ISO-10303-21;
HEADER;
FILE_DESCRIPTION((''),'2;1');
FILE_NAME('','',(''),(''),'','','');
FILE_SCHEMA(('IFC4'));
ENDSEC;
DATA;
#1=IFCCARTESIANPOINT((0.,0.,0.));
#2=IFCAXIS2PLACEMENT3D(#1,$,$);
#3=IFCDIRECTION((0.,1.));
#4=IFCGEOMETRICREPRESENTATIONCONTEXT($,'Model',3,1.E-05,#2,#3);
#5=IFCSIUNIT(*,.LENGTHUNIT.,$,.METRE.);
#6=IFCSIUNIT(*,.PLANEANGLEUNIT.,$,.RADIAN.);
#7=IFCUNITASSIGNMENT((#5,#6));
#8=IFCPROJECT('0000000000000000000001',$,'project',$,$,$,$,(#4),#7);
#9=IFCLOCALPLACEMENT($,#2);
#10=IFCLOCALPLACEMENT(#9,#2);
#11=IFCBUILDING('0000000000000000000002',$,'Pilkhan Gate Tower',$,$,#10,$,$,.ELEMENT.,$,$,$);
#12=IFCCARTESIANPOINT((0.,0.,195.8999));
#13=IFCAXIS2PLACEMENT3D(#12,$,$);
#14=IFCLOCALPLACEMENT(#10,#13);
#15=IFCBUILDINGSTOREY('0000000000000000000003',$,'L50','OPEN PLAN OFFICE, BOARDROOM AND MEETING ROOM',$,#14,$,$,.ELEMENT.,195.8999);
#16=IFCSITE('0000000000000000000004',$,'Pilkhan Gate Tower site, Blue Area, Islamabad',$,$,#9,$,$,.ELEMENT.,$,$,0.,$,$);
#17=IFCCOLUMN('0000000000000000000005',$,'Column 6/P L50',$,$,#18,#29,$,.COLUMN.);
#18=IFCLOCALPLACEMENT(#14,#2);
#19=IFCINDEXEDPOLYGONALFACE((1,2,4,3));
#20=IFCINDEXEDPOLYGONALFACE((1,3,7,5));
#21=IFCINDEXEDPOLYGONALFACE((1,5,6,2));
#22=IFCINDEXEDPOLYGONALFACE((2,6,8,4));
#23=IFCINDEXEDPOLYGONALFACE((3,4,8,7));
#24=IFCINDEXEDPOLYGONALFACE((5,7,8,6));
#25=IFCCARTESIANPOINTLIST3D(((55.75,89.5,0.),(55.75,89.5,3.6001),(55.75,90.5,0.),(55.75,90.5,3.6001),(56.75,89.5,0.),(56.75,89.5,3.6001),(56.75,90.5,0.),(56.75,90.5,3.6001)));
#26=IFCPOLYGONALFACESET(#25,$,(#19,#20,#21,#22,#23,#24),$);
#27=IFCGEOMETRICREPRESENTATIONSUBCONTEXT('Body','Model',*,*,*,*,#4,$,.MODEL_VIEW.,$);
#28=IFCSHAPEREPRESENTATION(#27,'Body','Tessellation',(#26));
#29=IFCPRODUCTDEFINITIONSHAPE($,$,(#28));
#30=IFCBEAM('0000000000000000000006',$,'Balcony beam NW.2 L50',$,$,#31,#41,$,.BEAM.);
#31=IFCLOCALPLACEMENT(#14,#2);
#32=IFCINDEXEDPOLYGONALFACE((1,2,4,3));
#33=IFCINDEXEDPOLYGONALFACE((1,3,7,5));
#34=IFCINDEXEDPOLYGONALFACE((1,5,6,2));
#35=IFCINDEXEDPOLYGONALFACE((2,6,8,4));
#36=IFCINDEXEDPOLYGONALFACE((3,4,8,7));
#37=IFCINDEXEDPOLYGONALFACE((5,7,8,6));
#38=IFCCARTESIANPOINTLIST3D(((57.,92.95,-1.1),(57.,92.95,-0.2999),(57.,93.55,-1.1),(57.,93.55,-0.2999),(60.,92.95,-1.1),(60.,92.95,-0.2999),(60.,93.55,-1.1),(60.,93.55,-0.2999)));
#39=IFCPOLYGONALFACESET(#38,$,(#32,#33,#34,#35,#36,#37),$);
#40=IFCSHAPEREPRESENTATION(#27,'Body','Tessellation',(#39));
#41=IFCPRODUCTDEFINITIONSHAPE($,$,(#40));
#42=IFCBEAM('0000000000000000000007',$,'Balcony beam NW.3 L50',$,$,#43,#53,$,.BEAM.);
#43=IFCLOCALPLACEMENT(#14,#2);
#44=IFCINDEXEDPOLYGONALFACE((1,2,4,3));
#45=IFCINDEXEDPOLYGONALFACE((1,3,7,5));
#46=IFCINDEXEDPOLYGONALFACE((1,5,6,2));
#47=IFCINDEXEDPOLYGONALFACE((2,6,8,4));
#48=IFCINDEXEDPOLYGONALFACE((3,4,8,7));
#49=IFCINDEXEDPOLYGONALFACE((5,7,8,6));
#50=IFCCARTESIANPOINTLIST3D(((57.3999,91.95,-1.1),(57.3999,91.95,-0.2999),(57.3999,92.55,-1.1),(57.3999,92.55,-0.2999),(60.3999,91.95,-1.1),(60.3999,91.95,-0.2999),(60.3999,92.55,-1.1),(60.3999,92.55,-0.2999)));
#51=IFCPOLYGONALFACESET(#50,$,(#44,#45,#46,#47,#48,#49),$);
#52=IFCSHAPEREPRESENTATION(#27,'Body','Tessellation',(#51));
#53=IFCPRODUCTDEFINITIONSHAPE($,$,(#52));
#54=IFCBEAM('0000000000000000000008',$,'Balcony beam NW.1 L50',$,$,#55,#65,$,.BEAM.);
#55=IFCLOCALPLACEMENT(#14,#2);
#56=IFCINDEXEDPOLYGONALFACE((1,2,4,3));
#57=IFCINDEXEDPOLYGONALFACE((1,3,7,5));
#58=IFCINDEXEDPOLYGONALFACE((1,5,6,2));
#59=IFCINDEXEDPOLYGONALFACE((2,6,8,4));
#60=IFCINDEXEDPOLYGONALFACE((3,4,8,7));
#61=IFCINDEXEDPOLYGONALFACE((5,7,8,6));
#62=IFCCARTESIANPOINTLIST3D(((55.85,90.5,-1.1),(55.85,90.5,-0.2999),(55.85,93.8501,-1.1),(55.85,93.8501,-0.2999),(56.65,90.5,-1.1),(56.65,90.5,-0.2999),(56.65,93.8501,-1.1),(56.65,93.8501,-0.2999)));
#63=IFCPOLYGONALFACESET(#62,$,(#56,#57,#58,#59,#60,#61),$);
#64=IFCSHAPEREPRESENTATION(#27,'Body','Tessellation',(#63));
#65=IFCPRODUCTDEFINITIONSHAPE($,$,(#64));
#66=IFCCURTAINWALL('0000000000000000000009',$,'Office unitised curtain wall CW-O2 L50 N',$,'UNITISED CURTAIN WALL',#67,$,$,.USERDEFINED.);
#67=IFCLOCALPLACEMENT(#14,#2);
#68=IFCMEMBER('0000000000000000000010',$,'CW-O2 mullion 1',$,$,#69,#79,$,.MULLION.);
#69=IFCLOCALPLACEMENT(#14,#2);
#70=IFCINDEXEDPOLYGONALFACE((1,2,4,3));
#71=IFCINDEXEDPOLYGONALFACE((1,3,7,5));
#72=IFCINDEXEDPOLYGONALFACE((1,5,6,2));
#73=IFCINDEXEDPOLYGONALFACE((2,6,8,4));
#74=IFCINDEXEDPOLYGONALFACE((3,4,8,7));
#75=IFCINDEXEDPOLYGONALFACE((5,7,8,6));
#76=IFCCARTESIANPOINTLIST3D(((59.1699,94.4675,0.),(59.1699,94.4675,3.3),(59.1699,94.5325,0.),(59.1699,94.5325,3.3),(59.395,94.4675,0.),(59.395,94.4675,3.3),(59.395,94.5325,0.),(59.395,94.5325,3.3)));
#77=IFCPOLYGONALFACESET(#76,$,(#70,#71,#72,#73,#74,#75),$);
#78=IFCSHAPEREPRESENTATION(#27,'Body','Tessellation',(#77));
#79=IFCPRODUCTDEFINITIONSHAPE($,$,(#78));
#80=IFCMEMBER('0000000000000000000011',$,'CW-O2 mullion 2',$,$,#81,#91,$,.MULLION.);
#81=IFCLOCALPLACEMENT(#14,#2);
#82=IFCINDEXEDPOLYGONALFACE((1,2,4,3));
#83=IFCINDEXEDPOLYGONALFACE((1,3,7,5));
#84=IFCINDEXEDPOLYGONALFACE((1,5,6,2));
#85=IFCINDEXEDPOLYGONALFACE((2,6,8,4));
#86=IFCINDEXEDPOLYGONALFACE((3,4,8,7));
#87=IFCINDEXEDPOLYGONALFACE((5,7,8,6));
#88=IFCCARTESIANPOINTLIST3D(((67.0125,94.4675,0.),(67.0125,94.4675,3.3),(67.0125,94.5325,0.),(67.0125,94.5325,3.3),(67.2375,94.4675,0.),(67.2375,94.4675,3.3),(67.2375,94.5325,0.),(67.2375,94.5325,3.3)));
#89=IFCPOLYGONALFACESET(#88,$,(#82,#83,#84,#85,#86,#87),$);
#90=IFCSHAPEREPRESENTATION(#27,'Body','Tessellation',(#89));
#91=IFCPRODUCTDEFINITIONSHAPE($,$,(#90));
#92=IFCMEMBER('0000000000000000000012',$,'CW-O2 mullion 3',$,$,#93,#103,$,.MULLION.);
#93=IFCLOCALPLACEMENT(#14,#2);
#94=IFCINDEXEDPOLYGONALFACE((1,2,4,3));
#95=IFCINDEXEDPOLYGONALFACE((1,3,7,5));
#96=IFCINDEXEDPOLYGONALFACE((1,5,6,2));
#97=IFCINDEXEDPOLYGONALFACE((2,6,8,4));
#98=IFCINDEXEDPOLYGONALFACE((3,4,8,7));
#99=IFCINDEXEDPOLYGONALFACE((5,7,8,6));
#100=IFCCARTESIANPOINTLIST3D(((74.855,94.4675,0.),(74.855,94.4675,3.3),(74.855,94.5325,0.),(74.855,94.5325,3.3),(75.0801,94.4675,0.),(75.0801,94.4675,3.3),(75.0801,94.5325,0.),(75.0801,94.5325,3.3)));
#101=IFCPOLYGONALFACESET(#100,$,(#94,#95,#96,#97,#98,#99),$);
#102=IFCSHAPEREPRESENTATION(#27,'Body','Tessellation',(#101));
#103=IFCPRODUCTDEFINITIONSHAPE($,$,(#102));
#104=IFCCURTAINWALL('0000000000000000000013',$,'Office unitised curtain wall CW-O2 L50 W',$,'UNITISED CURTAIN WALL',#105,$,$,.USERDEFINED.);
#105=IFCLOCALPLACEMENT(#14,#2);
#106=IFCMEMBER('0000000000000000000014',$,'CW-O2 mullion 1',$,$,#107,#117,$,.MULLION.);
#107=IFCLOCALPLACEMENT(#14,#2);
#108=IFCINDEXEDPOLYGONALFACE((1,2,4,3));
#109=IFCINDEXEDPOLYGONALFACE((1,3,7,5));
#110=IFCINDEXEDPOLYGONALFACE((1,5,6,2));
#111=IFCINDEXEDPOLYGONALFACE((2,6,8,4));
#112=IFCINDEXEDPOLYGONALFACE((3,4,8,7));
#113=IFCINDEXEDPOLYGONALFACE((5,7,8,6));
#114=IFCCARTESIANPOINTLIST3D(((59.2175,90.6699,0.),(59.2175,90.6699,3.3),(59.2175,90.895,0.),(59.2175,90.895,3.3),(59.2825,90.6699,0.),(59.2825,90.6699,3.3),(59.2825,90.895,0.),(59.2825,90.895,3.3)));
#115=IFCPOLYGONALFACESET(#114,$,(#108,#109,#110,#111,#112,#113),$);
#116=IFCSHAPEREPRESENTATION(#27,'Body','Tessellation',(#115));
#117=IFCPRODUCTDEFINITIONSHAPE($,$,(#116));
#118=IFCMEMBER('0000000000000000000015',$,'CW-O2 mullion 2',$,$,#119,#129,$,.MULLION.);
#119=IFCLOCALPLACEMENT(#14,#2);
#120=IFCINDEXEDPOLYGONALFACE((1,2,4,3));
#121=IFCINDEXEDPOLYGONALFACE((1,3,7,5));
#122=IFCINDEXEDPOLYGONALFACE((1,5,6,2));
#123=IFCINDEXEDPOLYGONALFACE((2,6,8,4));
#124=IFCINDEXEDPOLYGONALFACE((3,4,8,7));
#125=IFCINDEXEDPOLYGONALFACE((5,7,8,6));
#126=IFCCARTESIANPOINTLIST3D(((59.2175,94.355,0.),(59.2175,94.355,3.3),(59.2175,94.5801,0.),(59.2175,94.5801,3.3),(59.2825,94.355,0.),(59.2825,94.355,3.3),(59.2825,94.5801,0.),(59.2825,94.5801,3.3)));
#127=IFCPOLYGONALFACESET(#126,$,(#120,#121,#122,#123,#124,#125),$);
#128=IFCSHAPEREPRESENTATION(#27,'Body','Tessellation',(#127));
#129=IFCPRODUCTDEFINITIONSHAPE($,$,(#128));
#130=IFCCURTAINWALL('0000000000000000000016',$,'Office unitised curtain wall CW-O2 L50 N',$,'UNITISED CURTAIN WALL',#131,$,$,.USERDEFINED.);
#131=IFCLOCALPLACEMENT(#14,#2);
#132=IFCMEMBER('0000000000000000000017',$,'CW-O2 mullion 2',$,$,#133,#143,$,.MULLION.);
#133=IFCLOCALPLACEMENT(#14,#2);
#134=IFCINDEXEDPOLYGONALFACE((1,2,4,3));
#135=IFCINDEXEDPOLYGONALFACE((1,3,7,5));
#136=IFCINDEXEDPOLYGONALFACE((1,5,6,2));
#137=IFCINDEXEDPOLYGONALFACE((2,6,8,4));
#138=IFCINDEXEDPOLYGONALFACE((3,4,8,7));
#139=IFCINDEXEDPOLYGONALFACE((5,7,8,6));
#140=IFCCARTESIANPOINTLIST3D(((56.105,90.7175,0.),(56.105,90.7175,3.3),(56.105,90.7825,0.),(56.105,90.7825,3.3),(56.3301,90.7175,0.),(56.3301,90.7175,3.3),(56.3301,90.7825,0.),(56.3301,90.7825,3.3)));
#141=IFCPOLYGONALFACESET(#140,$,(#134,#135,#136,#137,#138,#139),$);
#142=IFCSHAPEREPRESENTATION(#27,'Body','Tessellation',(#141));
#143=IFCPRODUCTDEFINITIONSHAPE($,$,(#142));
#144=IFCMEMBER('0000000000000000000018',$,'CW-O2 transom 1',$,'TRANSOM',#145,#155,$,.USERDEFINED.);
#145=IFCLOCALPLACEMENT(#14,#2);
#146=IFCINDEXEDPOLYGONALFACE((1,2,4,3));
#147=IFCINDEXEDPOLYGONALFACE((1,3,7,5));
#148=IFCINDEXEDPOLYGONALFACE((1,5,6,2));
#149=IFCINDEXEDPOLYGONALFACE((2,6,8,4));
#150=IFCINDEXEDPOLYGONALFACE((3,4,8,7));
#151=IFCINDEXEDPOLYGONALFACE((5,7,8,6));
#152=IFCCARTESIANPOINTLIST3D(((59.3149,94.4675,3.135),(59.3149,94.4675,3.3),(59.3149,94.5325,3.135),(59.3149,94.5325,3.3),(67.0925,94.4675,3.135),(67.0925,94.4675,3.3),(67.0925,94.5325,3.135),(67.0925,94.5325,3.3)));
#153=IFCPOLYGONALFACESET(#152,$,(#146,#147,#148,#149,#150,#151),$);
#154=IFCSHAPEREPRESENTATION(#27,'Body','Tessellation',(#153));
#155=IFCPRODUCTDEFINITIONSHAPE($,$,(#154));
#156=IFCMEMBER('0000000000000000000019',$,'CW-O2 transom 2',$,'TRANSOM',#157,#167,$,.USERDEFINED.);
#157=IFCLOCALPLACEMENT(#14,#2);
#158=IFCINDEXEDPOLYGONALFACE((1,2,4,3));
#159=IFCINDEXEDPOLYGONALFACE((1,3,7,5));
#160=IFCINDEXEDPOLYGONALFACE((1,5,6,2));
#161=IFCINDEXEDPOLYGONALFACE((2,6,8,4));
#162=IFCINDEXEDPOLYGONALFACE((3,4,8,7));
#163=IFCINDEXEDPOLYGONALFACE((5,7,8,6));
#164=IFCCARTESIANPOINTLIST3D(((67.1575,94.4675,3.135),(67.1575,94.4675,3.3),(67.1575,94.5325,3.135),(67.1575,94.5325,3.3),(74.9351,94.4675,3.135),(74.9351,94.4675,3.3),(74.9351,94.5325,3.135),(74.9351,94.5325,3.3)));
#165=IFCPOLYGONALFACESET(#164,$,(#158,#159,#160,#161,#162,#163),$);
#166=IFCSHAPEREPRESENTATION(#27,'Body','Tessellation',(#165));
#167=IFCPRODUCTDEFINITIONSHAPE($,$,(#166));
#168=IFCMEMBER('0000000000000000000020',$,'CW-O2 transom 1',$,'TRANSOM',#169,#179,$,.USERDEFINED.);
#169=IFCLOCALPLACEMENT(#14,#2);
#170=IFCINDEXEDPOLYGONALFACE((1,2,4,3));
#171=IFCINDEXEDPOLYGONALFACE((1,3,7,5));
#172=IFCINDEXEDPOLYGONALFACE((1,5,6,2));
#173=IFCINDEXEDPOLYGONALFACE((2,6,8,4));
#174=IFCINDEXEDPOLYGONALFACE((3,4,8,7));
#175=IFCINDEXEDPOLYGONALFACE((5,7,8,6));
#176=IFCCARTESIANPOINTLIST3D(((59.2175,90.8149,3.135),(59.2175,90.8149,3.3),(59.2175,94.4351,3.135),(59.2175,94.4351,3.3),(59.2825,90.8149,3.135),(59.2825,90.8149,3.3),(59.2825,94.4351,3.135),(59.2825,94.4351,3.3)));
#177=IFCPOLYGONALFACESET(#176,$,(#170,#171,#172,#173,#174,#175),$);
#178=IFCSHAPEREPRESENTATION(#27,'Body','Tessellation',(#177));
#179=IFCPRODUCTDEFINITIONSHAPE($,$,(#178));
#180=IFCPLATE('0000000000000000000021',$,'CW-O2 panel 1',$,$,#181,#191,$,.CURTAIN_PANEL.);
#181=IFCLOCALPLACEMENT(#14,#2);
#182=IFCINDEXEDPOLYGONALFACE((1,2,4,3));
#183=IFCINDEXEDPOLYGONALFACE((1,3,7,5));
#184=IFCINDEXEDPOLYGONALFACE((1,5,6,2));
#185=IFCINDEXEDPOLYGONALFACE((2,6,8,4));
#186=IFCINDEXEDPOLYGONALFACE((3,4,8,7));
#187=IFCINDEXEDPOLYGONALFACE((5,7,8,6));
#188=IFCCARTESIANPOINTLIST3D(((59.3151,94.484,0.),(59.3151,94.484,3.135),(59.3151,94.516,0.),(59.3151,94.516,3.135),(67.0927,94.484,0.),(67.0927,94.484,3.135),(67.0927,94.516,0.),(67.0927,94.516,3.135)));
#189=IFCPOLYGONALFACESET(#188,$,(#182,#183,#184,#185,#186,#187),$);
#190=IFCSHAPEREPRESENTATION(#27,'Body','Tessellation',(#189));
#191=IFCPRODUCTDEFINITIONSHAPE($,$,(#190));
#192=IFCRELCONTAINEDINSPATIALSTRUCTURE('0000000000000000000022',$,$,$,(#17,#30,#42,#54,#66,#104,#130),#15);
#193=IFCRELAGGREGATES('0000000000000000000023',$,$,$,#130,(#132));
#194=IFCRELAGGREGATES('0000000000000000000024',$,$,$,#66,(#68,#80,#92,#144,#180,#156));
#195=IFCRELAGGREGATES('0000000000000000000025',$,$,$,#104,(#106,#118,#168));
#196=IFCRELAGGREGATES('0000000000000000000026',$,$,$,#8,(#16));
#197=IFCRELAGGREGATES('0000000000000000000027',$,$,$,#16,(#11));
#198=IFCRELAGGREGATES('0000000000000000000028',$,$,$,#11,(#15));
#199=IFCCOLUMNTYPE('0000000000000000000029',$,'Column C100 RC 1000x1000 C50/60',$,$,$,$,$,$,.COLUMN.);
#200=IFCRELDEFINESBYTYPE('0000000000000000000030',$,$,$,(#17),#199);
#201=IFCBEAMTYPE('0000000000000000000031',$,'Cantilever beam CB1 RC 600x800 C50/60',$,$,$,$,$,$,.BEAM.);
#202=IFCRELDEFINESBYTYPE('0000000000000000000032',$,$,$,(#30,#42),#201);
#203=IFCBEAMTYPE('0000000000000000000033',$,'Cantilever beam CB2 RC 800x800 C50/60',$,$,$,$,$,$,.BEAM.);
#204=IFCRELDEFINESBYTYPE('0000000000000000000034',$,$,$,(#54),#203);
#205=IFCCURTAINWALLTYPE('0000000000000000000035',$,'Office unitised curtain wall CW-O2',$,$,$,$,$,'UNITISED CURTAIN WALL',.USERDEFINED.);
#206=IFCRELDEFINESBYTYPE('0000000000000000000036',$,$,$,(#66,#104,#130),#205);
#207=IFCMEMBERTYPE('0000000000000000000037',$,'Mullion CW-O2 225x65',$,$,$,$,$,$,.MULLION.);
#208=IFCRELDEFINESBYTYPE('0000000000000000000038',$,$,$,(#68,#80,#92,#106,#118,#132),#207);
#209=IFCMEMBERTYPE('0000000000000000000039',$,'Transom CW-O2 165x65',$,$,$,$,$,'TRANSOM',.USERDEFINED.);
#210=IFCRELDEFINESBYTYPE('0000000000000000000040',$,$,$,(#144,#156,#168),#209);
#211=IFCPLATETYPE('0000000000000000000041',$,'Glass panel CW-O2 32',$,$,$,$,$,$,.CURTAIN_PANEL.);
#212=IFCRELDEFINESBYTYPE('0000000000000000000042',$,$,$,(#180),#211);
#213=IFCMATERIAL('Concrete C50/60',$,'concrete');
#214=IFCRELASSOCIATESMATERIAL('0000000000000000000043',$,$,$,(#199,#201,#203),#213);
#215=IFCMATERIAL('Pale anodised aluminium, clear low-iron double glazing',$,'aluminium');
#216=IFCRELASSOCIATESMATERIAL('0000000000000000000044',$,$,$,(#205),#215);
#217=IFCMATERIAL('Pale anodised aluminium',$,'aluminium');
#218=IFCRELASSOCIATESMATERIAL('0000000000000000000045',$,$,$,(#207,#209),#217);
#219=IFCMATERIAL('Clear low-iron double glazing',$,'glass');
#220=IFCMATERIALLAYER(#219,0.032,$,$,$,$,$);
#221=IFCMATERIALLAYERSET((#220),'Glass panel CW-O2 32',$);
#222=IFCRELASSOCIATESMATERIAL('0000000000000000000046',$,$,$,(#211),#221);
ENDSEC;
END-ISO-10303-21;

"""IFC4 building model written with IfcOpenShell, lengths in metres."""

from ifc_helpers import new_model, si_unit, direction, frame, origin, origin_2d, place, context, subcontext, project, spatial, rectangle, extrude, material, layer, layer_set, material_profile, profile_set, type_object, element, aggregate, save


model = new_model("IFC4")

# Units and contexts
model_context = context("Model", 3, precision=1e-05, world=origin(), true_north=direction((0.0, 1.0)))
body_context = subcontext(model_context, "Body", "Model", "MODEL_VIEW")
ifc_project = project(units=[si_unit("LENGTHUNIT", "METRE"), si_unit("PLANEANGLEUNIT", "RADIAN")], contexts=[model_context])

# Site, building, storey
site_placement = place(None, origin())
site = spatial("IfcSite", under=ifc_project, at=site_placement, Name="Pilkhan Gate Tower site, Blue Area, Islamabad", CompositionType="ELEMENT", RefElevation=0.0)
building_placement = place(site_placement, origin())
building = spatial("IfcBuilding", under=site, at=building_placement, Name="Pilkhan Gate Tower", CompositionType="ELEMENT")
storey_placement = place(building_placement, frame((0.0, 0.0, 195.8999)))
storey = spatial("IfcBuildingStorey", under=building, at=storey_placement, Name="L50", Description="OPEN PLAN OFFICE, BOARDROOM AND MEETING ROOM", CompositionType="ELEMENT", Elevation=195.8999)

# Column
ifc_material_1 = material(Name="Concrete C50/60", Category="concrete")
ifc_material_profile_1 = material_profile(ifc_material_1, rectangle(XDim=1.0, YDim=1.0, at=origin_2d()), Name="RC 1000x1000")
ifc_profile_set_1 = profile_set([ifc_material_profile_1], Name="Concrete C50/60")
column_type = type_object("IfcColumnType", Name="Column C100 RC 1000x1000 C50/60", PredefinedType="COLUMN", material=ifc_profile_set_1)
column_placement = place(storey_placement, frame((56.25, 90.0, 0.0), z_axis=(0.0, 0.0, 1.0), x_axis=(1.0, 0.0, 0.0)))
element("IfcColumn", 1, at=column_placement, inside=storey, type_object=column_type, Name="Column 6/P L50", PredefinedType="COLUMN", context=body_context, shape_type="SweptSolid", body=[
    extrude(rectangle(XDim=1.0, YDim=1.0, at=origin_2d()), origin(), (0.0, 0.0, 1.0), 3.6001),
])

# Beams
ifc_material_profile_2 = material_profile(ifc_material_1, rectangle(XDim=0.6001, YDim=0.8, at=origin_2d()), Name="RC 600x800")
ifc_profile_set_2 = profile_set([ifc_material_profile_2], Name="Concrete C50/60")
beam_type_1 = type_object("IfcBeamType", Name="Cantilever beam CB1 RC 600x800 C50/60", PredefinedType="BEAM", material=ifc_profile_set_2)
for number, where, z_axis, x_axis, name in (
    (2, (60.0, 93.25, -0.7), (-1.0, 0.0, 0.0), (0.0, -1.0, 0.0), "Balcony beam NW.2 L50"),
    (3, (60.3999, 92.25, -0.7), (-1.0, 0.0, 0.0), (0.0, -1.0, 0.0), "Balcony beam NW.3 L50"),
):
    element("IfcBeam", number, at=place(storey_placement, frame(where, z_axis=z_axis, x_axis=x_axis)), inside=storey, type_object=beam_type_1, Name=name, PredefinedType="BEAM", context=body_context, shape_type="SweptSolid", body=[
        extrude(rectangle(XDim=0.6001, YDim=0.8, at=origin_2d()), origin(), (0.0, 0.0, 1.0), 3.0),
    ])
ifc_material_profile_3 = material_profile(ifc_material_1, rectangle(XDim=0.8, YDim=0.8, at=origin_2d()), Name="RC 800x800")
ifc_profile_set_3 = profile_set([ifc_material_profile_3], Name="Concrete C50/60")
beam_type_2 = type_object("IfcBeamType", Name="Cantilever beam CB2 RC 800x800 C50/60", PredefinedType="BEAM", material=ifc_profile_set_3)
beam_placement = place(storey_placement, frame((56.25, 90.5, -0.7), z_axis=(0.0, 1.0, 0.0), x_axis=(-1.0, 0.0, 0.0)))
element("IfcBeam", 4, at=beam_placement, inside=storey, type_object=beam_type_2, Name="Balcony beam NW.1 L50", PredefinedType="BEAM", context=body_context, shape_type="SweptSolid", body=[
    extrude(rectangle(XDim=0.8, YDim=0.8, at=origin_2d()), origin(), (0.0, 0.0, 1.0), 3.3501),
])

# Curtain walls, members
ifc_material_2 = material(Name="Pale anodised aluminium, clear low-iron double glazing", Category="aluminium")
curtain_wall_type = type_object("IfcCurtainWallType", Name="Office unitised curtain wall CW-O2", ElementType="UNITISED CURTAIN WALL", PredefinedType="USERDEFINED", material=ifc_material_2)
curtain_wall_1_placement = place(storey_placement, origin())
curtain_wall_1 = element("IfcCurtainWall", 5, at=curtain_wall_1_placement, inside=storey, type_object=curtain_wall_type, Name="Office unitised curtain wall CW-O2 L50 N", ObjectType="UNITISED CURTAIN WALL", PredefinedType="USERDEFINED")
ifc_material_3 = material(Name="Pale anodised aluminium", Category="aluminium")
ifc_material_profile_4 = material_profile(ifc_material_3, rectangle(XDim=0.0649, YDim=0.2251, at=origin_2d()), Name="Mullion 225x65")
ifc_profile_set_4 = profile_set([ifc_material_profile_4], Name="Pale anodised aluminium")
member_type_1 = type_object("IfcMemberType", Name="Mullion CW-O2 225x65", PredefinedType="MULLION", material=ifc_profile_set_4)
member_1_placement = place(storey_placement, frame((59.2825, 94.5, 0.0), z_axis=(0.0, 0.0, 1.0), x_axis=(0.0, 1.0, 0.0)))
member_1 = element("IfcMember", 6, at=member_1_placement, type_object=member_type_1, Name="CW-O2 mullion 1", PredefinedType="MULLION", context=body_context, shape_type="SweptSolid", body=[
    extrude(rectangle(XDim=0.0649, YDim=0.2251, at=origin_2d()), origin(), (0.0, 0.0, 1.0), 3.3),
])
member_2_placement = place(storey_placement, frame((67.125, 94.5, 0.0), z_axis=(0.0, 0.0, 1.0), x_axis=(0.0, 1.0, 0.0)))
member_2 = element("IfcMember", 7, at=member_2_placement, type_object=member_type_1, Name="CW-O2 mullion 2", PredefinedType="MULLION", context=body_context, shape_type="SweptSolid", body=[
    extrude(rectangle(XDim=0.0649, YDim=0.2251, at=origin_2d()), origin(), (0.0, 0.0, 1.0), 3.3),
])
member_3_placement = place(storey_placement, frame((74.9675, 94.5, 0.0), z_axis=(0.0, 0.0, 1.0), x_axis=(0.0, 1.0, 0.0)))
member_3 = element("IfcMember", 8, at=member_3_placement, type_object=member_type_1, Name="CW-O2 mullion 3", PredefinedType="MULLION", context=body_context, shape_type="SweptSolid", body=[
    extrude(rectangle(XDim=0.0649, YDim=0.2251, at=origin_2d()), origin(), (0.0, 0.0, 1.0), 3.3),
])
curtain_wall_2_placement = place(storey_placement, origin())
curtain_wall_2 = element("IfcCurtainWall", 9, at=curtain_wall_2_placement, inside=storey, type_object=curtain_wall_type, Name="Office unitised curtain wall CW-O2 L50 W", ObjectType="UNITISED CURTAIN WALL", PredefinedType="USERDEFINED")
member_4_placement = place(storey_placement, frame((59.25, 90.7825, 0.0), z_axis=(0.0, 0.0, 1.0), x_axis=(-1.0, 0.0, 0.0)))
member_4 = element("IfcMember", 10, at=member_4_placement, type_object=member_type_1, Name="CW-O2 mullion 1", PredefinedType="MULLION", context=body_context, shape_type="SweptSolid", body=[
    extrude(rectangle(XDim=0.0649, YDim=0.2251, at=origin_2d()), origin(), (0.0, 0.0, 1.0), 3.3),
])
member_5_placement = place(storey_placement, frame((59.25, 94.4675, 0.0), z_axis=(0.0, 0.0, 1.0), x_axis=(-1.0, 0.0, 0.0)))
member_5 = element("IfcMember", 11, at=member_5_placement, type_object=member_type_1, Name="CW-O2 mullion 2", PredefinedType="MULLION", context=body_context, shape_type="SweptSolid", body=[
    extrude(rectangle(XDim=0.0649, YDim=0.2251, at=origin_2d()), origin(), (0.0, 0.0, 1.0), 3.3),
])

# Curtain wall, member
curtain_wall_3_placement = place(storey_placement, origin())
curtain_wall_3 = element("IfcCurtainWall", 12, at=curtain_wall_3_placement, inside=storey, type_object=curtain_wall_type, Name="Office unitised curtain wall CW-O2 L50 N", ObjectType="UNITISED CURTAIN WALL", PredefinedType="USERDEFINED")
member_6_placement = place(storey_placement, frame((56.2175, 90.75, 0.0), z_axis=(0.0, 0.0, 1.0), x_axis=(0.0, 1.0, 0.0)))
member_6 = element("IfcMember", 13, at=member_6_placement, type_object=member_type_1, Name="CW-O2 mullion 2", PredefinedType="MULLION", context=body_context, shape_type="SweptSolid", body=[
    extrude(rectangle(XDim=0.0649, YDim=0.2251, at=origin_2d()), origin(), (0.0, 0.0, 1.0), 3.3),
])
aggregate(curtain_wall_3, [member_6])

# Members
ifc_material_profile_5 = material_profile(ifc_material_3, rectangle(XDim=0.0649, YDim=0.165, at=origin_2d()), Name="Transom 165x65")
ifc_profile_set_5 = profile_set([ifc_material_profile_5], Name="Pale anodised aluminium")
member_type_2 = type_object("IfcMemberType", Name="Transom CW-O2 165x65", ElementType="TRANSOM", PredefinedType="USERDEFINED", material=ifc_profile_set_5)
member_7_placement = place(storey_placement, frame((59.3149, 94.5, 3.2175), z_axis=(1.0, 0.0, 0.0), x_axis=(0.0, 1.0, 0.0)))
member_7 = element("IfcMember", 14, at=member_7_placement, type_object=member_type_2, Name="CW-O2 transom 1", ObjectType="TRANSOM", PredefinedType="USERDEFINED", context=body_context, shape_type="SweptSolid", body=[
    extrude(rectangle(XDim=0.0649, YDim=0.165, at=origin_2d()), origin(), (0.0, 0.0, 1.0), 7.7776),
])
member_8_placement = place(storey_placement, frame((67.1575, 94.5, 3.2175), z_axis=(1.0, 0.0, 0.0), x_axis=(0.0, 1.0, 0.0)))
member_8 = element("IfcMember", 15, at=member_8_placement, type_object=member_type_2, Name="CW-O2 transom 2", ObjectType="TRANSOM", PredefinedType="USERDEFINED", context=body_context, shape_type="SweptSolid", body=[
    extrude(rectangle(XDim=0.0649, YDim=0.165, at=origin_2d()), origin(), (0.0, 0.0, 1.0), 7.7776),
])
member_9_placement = place(storey_placement, frame((59.25, 90.8149, 3.2175), z_axis=(0.0, 1.0, 0.0), x_axis=(-1.0, 0.0, 0.0)))
member_9 = element("IfcMember", 16, at=member_9_placement, type_object=member_type_2, Name="CW-O2 transom 1", ObjectType="TRANSOM", PredefinedType="USERDEFINED", context=body_context, shape_type="SweptSolid", body=[
    extrude(rectangle(XDim=0.0649, YDim=0.165, at=origin_2d()), origin(), (0.0, 0.0, 1.0), 3.6201),
])

# Plate
ifc_material_4 = material(Name="Clear low-iron double glazing", Category="glass")
ifc_layer_1 = layer(ifc_material_4, 0.032)
ifc_layer_set_1 = layer_set([ifc_layer_1], Name="Glass panel CW-O2 32")
plate_type = type_object("IfcPlateType", Name="Glass panel CW-O2 32", PredefinedType="CURTAIN_PANEL", material=ifc_layer_set_1)
plate_1_placement = place(storey_placement, frame((63.2039, 94.5, 0.0), z_axis=(0.0, 0.0, 1.0), x_axis=(1.0, 0.0, 0.0)))
plate_1 = element("IfcPlate", 17, at=plate_1_placement, type_object=plate_type, Name="CW-O2 panel 1", PredefinedType="CURTAIN_PANEL", context=body_context, shape_type="SweptSolid", body=[
    extrude(rectangle(XDim=7.7776, YDim=0.032, at=origin_2d()), origin(), (0.0, 0.0, 1.0), 3.135),
])
aggregate(curtain_wall_1, [member_1, member_2, member_3, member_7, plate_1, member_8])
aggregate(curtain_wall_2, [member_4, member_5, member_9])

save(model, "model.ifc")
